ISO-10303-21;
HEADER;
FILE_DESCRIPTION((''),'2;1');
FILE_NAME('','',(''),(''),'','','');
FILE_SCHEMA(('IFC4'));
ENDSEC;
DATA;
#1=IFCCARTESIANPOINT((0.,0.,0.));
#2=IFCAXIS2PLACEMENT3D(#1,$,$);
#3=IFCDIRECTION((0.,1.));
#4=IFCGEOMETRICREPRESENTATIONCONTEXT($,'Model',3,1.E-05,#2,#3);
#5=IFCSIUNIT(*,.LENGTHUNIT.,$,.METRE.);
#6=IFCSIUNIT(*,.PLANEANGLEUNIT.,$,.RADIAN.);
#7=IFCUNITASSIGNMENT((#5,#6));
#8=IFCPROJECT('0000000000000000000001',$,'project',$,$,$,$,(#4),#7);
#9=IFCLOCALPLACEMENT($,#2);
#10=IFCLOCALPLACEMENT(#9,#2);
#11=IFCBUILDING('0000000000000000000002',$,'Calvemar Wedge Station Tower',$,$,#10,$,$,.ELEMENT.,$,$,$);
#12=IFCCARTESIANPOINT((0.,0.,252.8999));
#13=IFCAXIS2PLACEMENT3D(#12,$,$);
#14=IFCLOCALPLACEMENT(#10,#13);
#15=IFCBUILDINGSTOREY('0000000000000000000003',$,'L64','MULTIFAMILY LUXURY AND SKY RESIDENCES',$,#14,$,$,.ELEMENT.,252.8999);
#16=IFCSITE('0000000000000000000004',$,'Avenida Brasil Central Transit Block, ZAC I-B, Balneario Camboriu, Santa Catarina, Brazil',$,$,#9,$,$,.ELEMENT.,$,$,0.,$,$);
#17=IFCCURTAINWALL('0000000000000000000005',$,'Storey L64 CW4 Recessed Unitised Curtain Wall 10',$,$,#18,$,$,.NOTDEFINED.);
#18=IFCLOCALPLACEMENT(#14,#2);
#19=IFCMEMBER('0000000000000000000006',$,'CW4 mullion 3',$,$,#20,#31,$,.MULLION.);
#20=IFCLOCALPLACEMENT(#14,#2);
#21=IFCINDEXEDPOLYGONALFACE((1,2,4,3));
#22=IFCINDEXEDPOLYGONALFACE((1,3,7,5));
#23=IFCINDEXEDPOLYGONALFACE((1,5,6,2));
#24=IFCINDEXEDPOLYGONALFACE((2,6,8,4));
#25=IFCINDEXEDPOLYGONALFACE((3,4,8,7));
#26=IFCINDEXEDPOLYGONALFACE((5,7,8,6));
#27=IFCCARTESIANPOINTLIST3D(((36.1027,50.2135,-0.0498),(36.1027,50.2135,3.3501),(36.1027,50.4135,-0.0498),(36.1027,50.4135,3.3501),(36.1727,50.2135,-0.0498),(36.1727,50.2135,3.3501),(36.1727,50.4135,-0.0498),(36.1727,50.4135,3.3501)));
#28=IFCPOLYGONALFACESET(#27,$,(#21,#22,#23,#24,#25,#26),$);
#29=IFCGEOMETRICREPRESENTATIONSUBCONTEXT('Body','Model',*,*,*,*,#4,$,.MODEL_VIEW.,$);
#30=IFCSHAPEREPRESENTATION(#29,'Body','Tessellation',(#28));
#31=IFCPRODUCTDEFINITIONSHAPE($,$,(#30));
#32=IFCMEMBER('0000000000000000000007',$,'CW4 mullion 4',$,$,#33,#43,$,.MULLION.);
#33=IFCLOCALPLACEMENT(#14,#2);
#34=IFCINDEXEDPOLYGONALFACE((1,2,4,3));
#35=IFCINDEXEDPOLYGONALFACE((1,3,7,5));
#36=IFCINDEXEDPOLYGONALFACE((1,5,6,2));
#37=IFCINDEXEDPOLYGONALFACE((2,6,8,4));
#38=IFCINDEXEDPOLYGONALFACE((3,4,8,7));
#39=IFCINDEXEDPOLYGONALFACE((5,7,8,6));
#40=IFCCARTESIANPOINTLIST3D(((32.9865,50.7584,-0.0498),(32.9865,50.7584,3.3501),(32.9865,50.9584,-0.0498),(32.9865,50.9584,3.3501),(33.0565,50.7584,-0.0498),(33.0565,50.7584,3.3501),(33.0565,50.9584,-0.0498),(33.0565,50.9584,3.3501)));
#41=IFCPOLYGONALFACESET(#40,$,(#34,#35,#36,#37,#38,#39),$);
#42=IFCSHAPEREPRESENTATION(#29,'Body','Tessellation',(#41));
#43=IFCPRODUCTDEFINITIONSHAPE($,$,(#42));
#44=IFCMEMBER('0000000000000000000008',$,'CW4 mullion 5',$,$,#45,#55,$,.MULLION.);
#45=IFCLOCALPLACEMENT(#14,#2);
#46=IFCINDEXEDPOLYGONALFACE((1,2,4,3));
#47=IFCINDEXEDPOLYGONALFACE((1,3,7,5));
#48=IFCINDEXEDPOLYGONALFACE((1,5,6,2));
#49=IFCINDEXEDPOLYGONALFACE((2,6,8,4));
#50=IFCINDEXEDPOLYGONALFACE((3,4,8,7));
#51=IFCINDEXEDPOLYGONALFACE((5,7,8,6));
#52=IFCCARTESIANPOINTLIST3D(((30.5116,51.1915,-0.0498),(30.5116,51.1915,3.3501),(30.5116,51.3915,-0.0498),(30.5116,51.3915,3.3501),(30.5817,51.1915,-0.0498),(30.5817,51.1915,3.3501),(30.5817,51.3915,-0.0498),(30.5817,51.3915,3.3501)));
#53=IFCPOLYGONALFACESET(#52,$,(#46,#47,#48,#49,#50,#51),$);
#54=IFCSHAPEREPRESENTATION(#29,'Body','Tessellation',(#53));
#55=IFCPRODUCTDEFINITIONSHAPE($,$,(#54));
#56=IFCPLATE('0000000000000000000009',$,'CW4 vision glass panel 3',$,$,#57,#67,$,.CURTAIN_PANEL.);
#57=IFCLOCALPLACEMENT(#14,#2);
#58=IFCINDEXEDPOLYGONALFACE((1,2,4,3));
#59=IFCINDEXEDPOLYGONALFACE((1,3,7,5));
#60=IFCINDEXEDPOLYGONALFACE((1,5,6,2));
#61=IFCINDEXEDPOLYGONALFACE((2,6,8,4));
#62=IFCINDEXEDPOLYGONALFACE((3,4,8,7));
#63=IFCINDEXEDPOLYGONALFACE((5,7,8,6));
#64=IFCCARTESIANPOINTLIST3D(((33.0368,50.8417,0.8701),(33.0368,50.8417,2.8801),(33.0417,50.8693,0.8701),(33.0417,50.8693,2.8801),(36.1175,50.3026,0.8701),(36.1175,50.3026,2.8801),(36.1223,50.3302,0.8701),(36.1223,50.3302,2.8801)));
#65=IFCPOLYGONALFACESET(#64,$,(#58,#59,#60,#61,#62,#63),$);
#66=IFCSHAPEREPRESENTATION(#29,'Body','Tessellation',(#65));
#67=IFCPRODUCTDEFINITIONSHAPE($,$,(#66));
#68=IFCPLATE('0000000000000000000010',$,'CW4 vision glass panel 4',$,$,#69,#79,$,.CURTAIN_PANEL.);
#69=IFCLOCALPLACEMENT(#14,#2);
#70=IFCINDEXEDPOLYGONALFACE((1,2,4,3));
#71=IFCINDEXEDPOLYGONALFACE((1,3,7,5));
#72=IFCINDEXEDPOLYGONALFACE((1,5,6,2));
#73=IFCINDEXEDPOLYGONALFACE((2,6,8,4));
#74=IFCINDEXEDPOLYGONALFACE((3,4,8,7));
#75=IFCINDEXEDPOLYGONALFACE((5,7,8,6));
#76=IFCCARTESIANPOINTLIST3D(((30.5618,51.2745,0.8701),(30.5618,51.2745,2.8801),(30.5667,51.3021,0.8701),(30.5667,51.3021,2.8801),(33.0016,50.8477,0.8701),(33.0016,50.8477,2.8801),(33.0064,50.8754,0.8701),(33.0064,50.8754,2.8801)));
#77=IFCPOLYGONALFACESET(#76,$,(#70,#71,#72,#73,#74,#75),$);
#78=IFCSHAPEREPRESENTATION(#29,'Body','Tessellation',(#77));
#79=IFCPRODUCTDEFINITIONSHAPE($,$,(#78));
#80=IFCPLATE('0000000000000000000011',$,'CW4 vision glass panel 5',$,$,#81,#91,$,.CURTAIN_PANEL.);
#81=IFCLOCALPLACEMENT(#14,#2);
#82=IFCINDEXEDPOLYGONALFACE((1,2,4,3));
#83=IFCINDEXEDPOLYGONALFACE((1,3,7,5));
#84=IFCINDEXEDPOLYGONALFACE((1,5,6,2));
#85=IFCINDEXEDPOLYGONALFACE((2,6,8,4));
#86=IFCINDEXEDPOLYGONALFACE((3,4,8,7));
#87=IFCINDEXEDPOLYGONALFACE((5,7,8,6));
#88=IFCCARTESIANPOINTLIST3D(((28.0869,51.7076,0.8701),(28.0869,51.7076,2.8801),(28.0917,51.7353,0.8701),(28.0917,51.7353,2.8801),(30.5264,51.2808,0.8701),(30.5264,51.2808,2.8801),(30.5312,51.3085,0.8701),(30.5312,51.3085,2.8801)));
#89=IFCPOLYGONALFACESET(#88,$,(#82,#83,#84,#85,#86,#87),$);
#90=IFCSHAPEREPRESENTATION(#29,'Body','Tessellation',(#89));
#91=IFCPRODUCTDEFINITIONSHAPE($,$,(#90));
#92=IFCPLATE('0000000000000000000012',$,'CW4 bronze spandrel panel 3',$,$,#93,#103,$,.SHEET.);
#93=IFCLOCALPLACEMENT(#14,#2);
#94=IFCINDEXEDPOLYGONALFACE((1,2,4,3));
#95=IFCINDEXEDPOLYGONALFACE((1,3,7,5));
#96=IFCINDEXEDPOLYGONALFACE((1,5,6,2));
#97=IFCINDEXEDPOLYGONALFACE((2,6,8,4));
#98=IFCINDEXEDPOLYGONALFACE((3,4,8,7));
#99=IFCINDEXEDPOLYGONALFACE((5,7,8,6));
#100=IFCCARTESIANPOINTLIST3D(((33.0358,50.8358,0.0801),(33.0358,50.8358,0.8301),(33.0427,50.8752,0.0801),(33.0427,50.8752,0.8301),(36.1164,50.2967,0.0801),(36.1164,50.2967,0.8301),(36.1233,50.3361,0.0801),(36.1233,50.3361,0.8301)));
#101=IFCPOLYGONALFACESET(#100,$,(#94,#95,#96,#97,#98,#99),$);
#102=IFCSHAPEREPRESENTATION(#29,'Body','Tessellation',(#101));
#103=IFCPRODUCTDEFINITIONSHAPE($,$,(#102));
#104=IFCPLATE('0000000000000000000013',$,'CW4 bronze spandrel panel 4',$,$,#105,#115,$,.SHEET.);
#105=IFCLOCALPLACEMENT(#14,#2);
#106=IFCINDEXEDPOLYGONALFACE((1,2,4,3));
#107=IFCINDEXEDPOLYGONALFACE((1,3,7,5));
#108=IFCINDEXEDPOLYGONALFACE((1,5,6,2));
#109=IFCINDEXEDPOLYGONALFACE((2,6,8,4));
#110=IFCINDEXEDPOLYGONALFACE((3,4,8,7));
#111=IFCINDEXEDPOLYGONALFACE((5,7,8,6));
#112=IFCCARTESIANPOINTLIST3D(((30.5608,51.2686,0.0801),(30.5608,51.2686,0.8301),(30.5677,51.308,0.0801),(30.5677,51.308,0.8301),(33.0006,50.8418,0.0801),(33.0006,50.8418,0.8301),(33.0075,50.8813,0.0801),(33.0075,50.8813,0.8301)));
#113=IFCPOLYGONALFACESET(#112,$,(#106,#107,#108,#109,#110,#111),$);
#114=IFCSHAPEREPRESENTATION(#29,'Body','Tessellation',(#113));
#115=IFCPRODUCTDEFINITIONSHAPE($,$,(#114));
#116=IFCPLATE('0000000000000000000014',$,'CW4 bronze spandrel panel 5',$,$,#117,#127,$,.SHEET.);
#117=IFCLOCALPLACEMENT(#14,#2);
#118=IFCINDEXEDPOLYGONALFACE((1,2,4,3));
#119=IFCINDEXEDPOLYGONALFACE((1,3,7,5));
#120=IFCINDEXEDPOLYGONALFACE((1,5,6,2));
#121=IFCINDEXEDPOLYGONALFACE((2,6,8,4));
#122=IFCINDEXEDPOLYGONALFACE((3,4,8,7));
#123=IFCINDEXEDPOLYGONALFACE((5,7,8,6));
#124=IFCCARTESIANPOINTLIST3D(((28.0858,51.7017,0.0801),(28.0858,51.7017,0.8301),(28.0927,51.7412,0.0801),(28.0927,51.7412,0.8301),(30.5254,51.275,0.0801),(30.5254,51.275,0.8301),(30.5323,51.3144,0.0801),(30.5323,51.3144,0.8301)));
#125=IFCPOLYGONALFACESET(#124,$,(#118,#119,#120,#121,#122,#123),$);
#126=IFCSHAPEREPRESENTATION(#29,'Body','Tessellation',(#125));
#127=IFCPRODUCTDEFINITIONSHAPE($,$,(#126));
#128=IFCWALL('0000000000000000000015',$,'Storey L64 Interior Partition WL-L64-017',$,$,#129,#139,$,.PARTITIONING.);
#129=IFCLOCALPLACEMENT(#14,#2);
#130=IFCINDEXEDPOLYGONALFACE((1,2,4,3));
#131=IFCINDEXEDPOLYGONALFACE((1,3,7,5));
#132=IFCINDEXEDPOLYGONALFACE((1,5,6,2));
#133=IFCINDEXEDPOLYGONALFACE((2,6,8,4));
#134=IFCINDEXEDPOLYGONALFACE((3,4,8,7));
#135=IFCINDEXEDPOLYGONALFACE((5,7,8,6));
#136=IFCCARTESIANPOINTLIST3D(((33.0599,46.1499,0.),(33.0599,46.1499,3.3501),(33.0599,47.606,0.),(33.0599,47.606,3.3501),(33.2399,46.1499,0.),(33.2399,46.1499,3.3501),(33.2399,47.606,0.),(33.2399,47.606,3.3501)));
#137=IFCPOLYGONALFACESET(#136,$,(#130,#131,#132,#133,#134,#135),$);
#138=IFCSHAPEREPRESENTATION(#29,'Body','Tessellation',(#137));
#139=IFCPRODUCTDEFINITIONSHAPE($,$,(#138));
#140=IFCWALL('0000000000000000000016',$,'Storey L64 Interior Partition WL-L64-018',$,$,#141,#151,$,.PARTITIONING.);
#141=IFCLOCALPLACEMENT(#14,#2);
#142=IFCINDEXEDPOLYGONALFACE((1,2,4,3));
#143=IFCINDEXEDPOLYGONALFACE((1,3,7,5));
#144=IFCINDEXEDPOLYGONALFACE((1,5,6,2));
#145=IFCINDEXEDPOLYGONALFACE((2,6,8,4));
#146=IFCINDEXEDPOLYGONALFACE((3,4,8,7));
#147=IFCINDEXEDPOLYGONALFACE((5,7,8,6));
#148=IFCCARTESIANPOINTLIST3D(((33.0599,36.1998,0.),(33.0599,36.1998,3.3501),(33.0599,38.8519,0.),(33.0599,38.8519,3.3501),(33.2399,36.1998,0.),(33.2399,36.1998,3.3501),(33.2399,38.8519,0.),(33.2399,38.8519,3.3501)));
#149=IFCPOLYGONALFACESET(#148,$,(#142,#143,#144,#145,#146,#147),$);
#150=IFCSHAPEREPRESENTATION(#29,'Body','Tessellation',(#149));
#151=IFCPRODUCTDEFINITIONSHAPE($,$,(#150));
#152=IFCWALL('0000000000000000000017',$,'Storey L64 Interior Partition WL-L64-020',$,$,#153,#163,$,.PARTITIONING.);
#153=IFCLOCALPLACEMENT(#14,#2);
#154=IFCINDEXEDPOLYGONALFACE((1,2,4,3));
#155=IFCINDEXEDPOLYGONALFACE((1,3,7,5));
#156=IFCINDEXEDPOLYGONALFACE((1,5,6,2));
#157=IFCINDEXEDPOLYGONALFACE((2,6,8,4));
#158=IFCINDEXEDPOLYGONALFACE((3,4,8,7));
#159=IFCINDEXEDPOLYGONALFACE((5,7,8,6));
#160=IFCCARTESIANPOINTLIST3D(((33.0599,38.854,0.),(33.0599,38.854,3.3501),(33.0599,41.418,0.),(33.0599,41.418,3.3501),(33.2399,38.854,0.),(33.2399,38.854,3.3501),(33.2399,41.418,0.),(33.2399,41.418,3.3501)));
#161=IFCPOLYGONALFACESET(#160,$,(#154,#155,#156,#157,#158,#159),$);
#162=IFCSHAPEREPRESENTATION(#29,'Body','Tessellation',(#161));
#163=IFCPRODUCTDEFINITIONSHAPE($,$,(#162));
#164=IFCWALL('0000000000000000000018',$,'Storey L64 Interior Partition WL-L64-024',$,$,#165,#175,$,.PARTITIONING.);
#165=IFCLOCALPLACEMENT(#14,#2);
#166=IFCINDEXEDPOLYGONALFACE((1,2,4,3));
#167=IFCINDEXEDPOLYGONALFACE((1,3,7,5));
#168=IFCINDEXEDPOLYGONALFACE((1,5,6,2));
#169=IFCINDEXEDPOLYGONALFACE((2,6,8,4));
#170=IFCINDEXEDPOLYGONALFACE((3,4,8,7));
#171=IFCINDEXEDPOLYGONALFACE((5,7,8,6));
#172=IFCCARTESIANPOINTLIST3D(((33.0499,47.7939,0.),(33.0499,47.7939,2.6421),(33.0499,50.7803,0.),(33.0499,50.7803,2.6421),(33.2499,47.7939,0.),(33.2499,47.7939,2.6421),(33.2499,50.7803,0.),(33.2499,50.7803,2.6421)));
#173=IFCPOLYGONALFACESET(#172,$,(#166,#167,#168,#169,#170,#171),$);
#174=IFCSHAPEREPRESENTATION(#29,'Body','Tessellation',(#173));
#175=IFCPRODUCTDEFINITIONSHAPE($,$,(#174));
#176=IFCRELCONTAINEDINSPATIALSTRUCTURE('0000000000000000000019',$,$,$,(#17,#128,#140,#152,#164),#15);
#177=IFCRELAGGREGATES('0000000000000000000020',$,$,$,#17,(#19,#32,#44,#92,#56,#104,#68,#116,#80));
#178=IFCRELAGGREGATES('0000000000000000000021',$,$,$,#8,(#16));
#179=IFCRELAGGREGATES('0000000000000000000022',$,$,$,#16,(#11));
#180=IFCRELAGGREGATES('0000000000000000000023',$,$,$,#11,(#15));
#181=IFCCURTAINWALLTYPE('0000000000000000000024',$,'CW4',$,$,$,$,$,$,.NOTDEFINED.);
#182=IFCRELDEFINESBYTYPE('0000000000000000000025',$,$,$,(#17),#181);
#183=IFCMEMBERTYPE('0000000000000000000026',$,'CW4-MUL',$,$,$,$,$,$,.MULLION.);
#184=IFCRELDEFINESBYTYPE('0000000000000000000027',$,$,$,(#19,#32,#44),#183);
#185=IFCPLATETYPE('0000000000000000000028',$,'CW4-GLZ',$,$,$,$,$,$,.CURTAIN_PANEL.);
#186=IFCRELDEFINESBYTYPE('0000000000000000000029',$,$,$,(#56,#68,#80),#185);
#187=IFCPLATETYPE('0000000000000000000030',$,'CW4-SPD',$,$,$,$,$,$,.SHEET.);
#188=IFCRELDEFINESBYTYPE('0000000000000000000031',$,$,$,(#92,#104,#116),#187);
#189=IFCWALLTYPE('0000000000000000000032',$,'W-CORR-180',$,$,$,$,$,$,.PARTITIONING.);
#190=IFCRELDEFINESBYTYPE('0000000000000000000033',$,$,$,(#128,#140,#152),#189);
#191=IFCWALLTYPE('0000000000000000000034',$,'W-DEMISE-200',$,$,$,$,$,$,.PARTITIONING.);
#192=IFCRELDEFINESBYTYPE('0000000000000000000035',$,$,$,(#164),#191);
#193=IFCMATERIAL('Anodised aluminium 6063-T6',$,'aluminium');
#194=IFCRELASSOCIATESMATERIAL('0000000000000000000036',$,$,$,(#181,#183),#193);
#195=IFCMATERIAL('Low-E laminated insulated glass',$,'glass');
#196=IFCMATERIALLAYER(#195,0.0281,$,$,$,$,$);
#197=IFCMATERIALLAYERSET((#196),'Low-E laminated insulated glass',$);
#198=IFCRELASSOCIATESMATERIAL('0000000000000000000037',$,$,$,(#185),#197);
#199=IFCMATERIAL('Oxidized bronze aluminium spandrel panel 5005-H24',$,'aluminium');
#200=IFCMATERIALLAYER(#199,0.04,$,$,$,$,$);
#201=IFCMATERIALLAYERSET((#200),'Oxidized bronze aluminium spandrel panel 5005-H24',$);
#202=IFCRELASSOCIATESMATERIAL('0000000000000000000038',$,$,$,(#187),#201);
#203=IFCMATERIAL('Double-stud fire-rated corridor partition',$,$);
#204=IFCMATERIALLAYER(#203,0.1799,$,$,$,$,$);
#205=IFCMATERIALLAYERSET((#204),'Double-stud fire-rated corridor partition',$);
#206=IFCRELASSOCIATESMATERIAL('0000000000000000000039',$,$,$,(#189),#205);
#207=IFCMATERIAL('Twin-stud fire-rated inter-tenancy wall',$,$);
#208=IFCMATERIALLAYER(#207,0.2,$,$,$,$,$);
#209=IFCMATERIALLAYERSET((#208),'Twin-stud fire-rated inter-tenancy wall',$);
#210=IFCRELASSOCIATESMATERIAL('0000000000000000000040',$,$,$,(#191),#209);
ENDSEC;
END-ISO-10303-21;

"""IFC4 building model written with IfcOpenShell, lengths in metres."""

from ifc_helpers import new_model, si_unit, direction, frame, frame_2d, origin, origin_2d, place, context, subcontext, project, spatial, rectangle, extrude, source, transform, mapped, material, layer, layer_set, material_profile, profile_set, type_object, element, aggregate, save


model = new_model("IFC4")

# Units and contexts
model_context = context("Model", 3, precision=1e-05, world=origin(), true_north=direction((0.0, 1.0)))
body_context = subcontext(model_context, "Body", "Model", "MODEL_VIEW")
ifc_project = project(units=[si_unit("LENGTHUNIT", "METRE"), si_unit("PLANEANGLEUNIT", "RADIAN")], contexts=[model_context])

# Site, building, storey
site_placement = place(None, origin())
site = spatial("IfcSite", under=ifc_project, at=site_placement, Name="Avenida Brasil Central Transit Block, ZAC I-B, Balneario Camboriu, Santa Catarina, Brazil", CompositionType="ELEMENT", RefElevation=0.0)
building_placement = place(site_placement, origin())
building = spatial("IfcBuilding", under=site, at=building_placement, Name="Calvemar Wedge Station Tower", CompositionType="ELEMENT")
storey_placement = place(building_placement, frame((0.0, 0.0, 252.8999)))
storey = spatial("IfcBuildingStorey", under=building, at=storey_placement, Name="L64", Description="MULTIFAMILY LUXURY AND SKY RESIDENCES", CompositionType="ELEMENT", Elevation=252.8999)

# Curtain wall, members, plates
ifc_material_1 = material(Name="Anodised aluminium 6063-T6", Category="aluminium")
curtain_wall_type = type_object("IfcCurtainWallType", Name="CW4", PredefinedType="NOTDEFINED", material=ifc_material_1)
curtain_wall_placement = place(storey_placement, origin())
curtain_wall = element("IfcCurtainWall", 1, at=curtain_wall_placement, inside=storey, type_object=curtain_wall_type, Name="Storey L64 CW4 Recessed Unitised Curtain Wall 10", PredefinedType="NOTDEFINED")
ifc_material_profile_1 = material_profile(ifc_material_1, rectangle(XDim=0.0701, YDim=0.2, at=origin_2d()), Name="AL-MUL-70x200")
ifc_profile_set_1 = profile_set([ifc_material_profile_1], Name="Anodised aluminium 6063-T6")
member_type = type_object("IfcMemberType", Name="CW4-MUL", PredefinedType="MULLION", material=ifc_profile_set_1)
shared_shape_1 = source(origin(), body_context, "Body", "SweptSolid", [
    extrude(rectangle(XDim=0.0701, YDim=0.2, at=origin_2d()), origin(), (0.0, 0.0, 1.0), 3.3999),
])
member_1_placement = place(storey_placement, frame((36.1377, 50.3135, -0.0498), z_axis=(0.0, 0.0, 1.0), x_axis=(1.0, 0.0, 0.0)))
member_1 = element("IfcMember", 2, at=member_1_placement, type_object=member_type, Name="CW4 mullion 3", PredefinedType="MULLION", context=body_context, shape_type="MappedRepresentation", body=[
    mapped(shared_shape_1, transform((0.0, 0.0, 0.0), scale=1.0)),
])
member_2_placement = place(storey_placement, frame((33.0215, 50.8584, -0.0498), z_axis=(0.0, 0.0, 1.0), x_axis=(1.0, 0.0, 0.0)))
member_2 = element("IfcMember", 3, at=member_2_placement, type_object=member_type, Name="CW4 mullion 4", PredefinedType="MULLION", context=body_context, shape_type="MappedRepresentation", body=[
    mapped(shared_shape_1, transform((0.0, 0.0, 0.0), scale=1.0)),
])
member_3_placement = place(storey_placement, frame((30.5466, 51.2915, -0.0498), z_axis=(0.0, 0.0, 1.0), x_axis=(1.0, 0.0, 0.0)))
member_3 = element("IfcMember", 4, at=member_3_placement, type_object=member_type, Name="CW4 mullion 5", PredefinedType="MULLION", context=body_context, shape_type="MappedRepresentation", body=[
    mapped(shared_shape_1, transform((0.0, 0.0, 0.0), scale=1.0)),
])
ifc_material_2 = material(Name="Low-E laminated insulated glass", Category="glass")
ifc_layer_1 = layer(ifc_material_2, 0.0281)
ifc_layer_set_1 = layer_set([ifc_layer_1], Name="Low-E laminated insulated glass")
plate_type_1 = type_object("IfcPlateType", Name="CW4-GLZ", PredefinedType="CURTAIN_PANEL", material=ifc_layer_set_1)
plate_1_placement = place(storey_placement, frame((36.1199, 50.3164, 0.8701), z_axis=(0.0, 0.0, 1.0), x_axis=(-0.985032, 0.172369, 0.0)))
plate_1 = element("IfcPlate", 5, at=plate_1_placement, type_object=plate_type_1, Name="CW4 vision glass panel 3", PredefinedType="CURTAIN_PANEL", context=body_context, shape_type="SweptSolid", body=[
    extrude(rectangle(XDim=3.1274, YDim=0.0281, at=frame_2d((1.5637, 0.0))), origin(), (0.0, 0.0, 1.0), 2.01),
])
plate_2_placement = place(storey_placement, frame((33.0039, 50.8616, 0.8701), z_axis=(0.0, 0.0, 1.0), x_axis=(-0.985043, 0.172306, 0.0)))
plate_2 = element("IfcPlate", 6, at=plate_2_placement, type_object=plate_type_1, Name="CW4 vision glass panel 4", PredefinedType="CURTAIN_PANEL", context=body_context, shape_type="SweptSolid", body=[
    extrude(rectangle(XDim=2.4768, YDim=0.0281, at=frame_2d((1.2383, 0.0))), origin(), (0.0, 0.0, 1.0), 2.01),
])
plate_3_placement = place(storey_placement, frame((30.5288, 51.2947, 0.8701), z_axis=(0.0, 0.0, 1.0), x_axis=(-0.985041, 0.172323, 0.0)))
plate_3 = element("IfcPlate", 7, at=plate_3_placement, type_object=plate_type_1, Name="CW4 vision glass panel 5", PredefinedType="CURTAIN_PANEL", context=body_context, shape_type="SweptSolid", body=[
    extrude(rectangle(XDim=2.4766, YDim=0.0281, at=frame_2d((1.2383, 0.0))), origin(), (0.0, 0.0, 1.0), 2.01),
])
ifc_material_3 = material(Name="Oxidized bronze aluminium spandrel panel 5005-H24", Category="aluminium")
ifc_layer_2 = layer(ifc_material_3, 0.04)
ifc_layer_set_2 = layer_set([ifc_layer_2], Name="Oxidized bronze aluminium spandrel panel 5005-H24")
plate_type_2 = type_object("IfcPlateType", Name="CW4-SPD", PredefinedType="SHEET", material=ifc_layer_set_2)
plate_4_placement = place(storey_placement, frame((36.1199, 50.3164, 0.0801), z_axis=(0.0, 0.0, 1.0), x_axis=(-0.985032, 0.172369, 0.0)))
plate_4 = element("IfcPlate", 8, at=plate_4_placement, type_object=plate_type_2, Name="CW4 bronze spandrel panel 3", PredefinedType="SHEET", context=body_context, shape_type="SweptSolid", body=[
    extrude(rectangle(XDim=3.1274, YDim=0.04, at=frame_2d((1.5637, 0.0))), origin(), (0.0, 0.0, 1.0), 0.75),
])
plate_5_placement = place(storey_placement, frame((33.0039, 50.8616, 0.0801), z_axis=(0.0, 0.0, 1.0), x_axis=(-0.985043, 0.172306, 0.0)))
plate_5 = element("IfcPlate", 9, at=plate_5_placement, type_object=plate_type_2, Name="CW4 bronze spandrel panel 4", PredefinedType="SHEET", context=body_context, shape_type="SweptSolid", body=[
    extrude(rectangle(XDim=2.4768, YDim=0.04, at=frame_2d((1.2383, 0.0))), origin(), (0.0, 0.0, 1.0), 0.75),
])
plate_6_placement = place(storey_placement, frame((30.5288, 51.2947, 0.0801), z_axis=(0.0, 0.0, 1.0), x_axis=(-0.985041, 0.172323, 0.0)))
plate_6 = element("IfcPlate", 10, at=plate_6_placement, type_object=plate_type_2, Name="CW4 bronze spandrel panel 5", PredefinedType="SHEET", context=body_context, shape_type="SweptSolid", body=[
    extrude(rectangle(XDim=2.4766, YDim=0.04, at=frame_2d((1.2383, 0.0))), origin(), (0.0, 0.0, 1.0), 0.75),
])
aggregate(curtain_wall, [member_1, member_2, member_3, plate_4, plate_1, plate_5, plate_2, plate_6, plate_3])

# Walls
ifc_material_4 = material(Name="Double-stud fire-rated corridor partition")
ifc_layer_3 = layer(ifc_material_4, 0.1799)
ifc_layer_set_3 = layer_set([ifc_layer_3], Name="Double-stud fire-rated corridor partition")
wall_type_1 = type_object("IfcWallType", Name="W-CORR-180", PredefinedType="PARTITIONING", material=ifc_layer_set_3)
wall_1_placement = place(storey_placement, frame((33.1499, 47.606, 0.0), z_axis=(0.0, 0.0, 1.0), x_axis=(0.0, -1.0, 0.0)))
element("IfcWall", 11, at=wall_1_placement, inside=storey, type_object=wall_type_1, Name="Storey L64 Interior Partition WL-L64-017", PredefinedType="PARTITIONING", context=body_context, shape_type="SweptSolid", body=[
    extrude(rectangle(XDim=1.4561, YDim=0.1799, at=frame_2d((0.728, 0.0))), origin(), (0.0, 0.0, 1.0), 3.3501),
])
wall_2_placement = place(storey_placement, frame((33.1499, 38.8521, 0.0), z_axis=(0.0, 0.0, 1.0), x_axis=(0.0, -1.0, 0.0)))
element("IfcWall", 12, at=wall_2_placement, inside=storey, type_object=wall_type_1, Name="Storey L64 Interior Partition WL-L64-018", PredefinedType="PARTITIONING", context=body_context, shape_type="SweptSolid", body=[
    extrude(rectangle(XDim=2.6521, YDim=0.1799, at=frame_2d((1.3262, 0.0))), origin(), (0.0, 0.0, 1.0), 3.3501),
])

# Walls
wall_3_placement = place(storey_placement, frame((33.1499, 41.418, 0.0), z_axis=(0.0, 0.0, 1.0), x_axis=(0.0, -1.0, 0.0)))
element("IfcWall", 13, at=wall_3_placement, inside=storey, type_object=wall_type_1, Name="Storey L64 Interior Partition WL-L64-020", PredefinedType="PARTITIONING", context=body_context, shape_type="SweptSolid", body=[
    extrude(rectangle(XDim=2.564, YDim=0.1799, at=frame_2d((1.282, 0.0))), origin(), (0.0, 0.0, 1.0), 3.3501),
])
ifc_material_5 = material(Name="Twin-stud fire-rated inter-tenancy wall")
ifc_layer_4 = layer(ifc_material_5, 0.2)
ifc_layer_set_4 = layer_set([ifc_layer_4], Name="Twin-stud fire-rated inter-tenancy wall")
wall_type_2 = type_object("IfcWallType", Name="W-DEMISE-200", PredefinedType="PARTITIONING", material=ifc_layer_set_4)
wall_4_placement = place(storey_placement, frame((33.1499, 50.7803, 0.0), z_axis=(0.0, 0.0, 1.0), x_axis=(0.0, -1.0, 0.0)))
element("IfcWall", 14, at=wall_4_placement, inside=storey, type_object=wall_type_2, Name="Storey L64 Interior Partition WL-L64-024", PredefinedType="PARTITIONING", context=body_context, shape_type="SweptSolid", body=[
    extrude(rectangle(XDim=2.9863, YDim=0.2, at=frame_2d((1.4932, 0.0))), origin(), (0.0, 0.0, 1.0), 2.6421),
])

save(model, "model.ifc")
